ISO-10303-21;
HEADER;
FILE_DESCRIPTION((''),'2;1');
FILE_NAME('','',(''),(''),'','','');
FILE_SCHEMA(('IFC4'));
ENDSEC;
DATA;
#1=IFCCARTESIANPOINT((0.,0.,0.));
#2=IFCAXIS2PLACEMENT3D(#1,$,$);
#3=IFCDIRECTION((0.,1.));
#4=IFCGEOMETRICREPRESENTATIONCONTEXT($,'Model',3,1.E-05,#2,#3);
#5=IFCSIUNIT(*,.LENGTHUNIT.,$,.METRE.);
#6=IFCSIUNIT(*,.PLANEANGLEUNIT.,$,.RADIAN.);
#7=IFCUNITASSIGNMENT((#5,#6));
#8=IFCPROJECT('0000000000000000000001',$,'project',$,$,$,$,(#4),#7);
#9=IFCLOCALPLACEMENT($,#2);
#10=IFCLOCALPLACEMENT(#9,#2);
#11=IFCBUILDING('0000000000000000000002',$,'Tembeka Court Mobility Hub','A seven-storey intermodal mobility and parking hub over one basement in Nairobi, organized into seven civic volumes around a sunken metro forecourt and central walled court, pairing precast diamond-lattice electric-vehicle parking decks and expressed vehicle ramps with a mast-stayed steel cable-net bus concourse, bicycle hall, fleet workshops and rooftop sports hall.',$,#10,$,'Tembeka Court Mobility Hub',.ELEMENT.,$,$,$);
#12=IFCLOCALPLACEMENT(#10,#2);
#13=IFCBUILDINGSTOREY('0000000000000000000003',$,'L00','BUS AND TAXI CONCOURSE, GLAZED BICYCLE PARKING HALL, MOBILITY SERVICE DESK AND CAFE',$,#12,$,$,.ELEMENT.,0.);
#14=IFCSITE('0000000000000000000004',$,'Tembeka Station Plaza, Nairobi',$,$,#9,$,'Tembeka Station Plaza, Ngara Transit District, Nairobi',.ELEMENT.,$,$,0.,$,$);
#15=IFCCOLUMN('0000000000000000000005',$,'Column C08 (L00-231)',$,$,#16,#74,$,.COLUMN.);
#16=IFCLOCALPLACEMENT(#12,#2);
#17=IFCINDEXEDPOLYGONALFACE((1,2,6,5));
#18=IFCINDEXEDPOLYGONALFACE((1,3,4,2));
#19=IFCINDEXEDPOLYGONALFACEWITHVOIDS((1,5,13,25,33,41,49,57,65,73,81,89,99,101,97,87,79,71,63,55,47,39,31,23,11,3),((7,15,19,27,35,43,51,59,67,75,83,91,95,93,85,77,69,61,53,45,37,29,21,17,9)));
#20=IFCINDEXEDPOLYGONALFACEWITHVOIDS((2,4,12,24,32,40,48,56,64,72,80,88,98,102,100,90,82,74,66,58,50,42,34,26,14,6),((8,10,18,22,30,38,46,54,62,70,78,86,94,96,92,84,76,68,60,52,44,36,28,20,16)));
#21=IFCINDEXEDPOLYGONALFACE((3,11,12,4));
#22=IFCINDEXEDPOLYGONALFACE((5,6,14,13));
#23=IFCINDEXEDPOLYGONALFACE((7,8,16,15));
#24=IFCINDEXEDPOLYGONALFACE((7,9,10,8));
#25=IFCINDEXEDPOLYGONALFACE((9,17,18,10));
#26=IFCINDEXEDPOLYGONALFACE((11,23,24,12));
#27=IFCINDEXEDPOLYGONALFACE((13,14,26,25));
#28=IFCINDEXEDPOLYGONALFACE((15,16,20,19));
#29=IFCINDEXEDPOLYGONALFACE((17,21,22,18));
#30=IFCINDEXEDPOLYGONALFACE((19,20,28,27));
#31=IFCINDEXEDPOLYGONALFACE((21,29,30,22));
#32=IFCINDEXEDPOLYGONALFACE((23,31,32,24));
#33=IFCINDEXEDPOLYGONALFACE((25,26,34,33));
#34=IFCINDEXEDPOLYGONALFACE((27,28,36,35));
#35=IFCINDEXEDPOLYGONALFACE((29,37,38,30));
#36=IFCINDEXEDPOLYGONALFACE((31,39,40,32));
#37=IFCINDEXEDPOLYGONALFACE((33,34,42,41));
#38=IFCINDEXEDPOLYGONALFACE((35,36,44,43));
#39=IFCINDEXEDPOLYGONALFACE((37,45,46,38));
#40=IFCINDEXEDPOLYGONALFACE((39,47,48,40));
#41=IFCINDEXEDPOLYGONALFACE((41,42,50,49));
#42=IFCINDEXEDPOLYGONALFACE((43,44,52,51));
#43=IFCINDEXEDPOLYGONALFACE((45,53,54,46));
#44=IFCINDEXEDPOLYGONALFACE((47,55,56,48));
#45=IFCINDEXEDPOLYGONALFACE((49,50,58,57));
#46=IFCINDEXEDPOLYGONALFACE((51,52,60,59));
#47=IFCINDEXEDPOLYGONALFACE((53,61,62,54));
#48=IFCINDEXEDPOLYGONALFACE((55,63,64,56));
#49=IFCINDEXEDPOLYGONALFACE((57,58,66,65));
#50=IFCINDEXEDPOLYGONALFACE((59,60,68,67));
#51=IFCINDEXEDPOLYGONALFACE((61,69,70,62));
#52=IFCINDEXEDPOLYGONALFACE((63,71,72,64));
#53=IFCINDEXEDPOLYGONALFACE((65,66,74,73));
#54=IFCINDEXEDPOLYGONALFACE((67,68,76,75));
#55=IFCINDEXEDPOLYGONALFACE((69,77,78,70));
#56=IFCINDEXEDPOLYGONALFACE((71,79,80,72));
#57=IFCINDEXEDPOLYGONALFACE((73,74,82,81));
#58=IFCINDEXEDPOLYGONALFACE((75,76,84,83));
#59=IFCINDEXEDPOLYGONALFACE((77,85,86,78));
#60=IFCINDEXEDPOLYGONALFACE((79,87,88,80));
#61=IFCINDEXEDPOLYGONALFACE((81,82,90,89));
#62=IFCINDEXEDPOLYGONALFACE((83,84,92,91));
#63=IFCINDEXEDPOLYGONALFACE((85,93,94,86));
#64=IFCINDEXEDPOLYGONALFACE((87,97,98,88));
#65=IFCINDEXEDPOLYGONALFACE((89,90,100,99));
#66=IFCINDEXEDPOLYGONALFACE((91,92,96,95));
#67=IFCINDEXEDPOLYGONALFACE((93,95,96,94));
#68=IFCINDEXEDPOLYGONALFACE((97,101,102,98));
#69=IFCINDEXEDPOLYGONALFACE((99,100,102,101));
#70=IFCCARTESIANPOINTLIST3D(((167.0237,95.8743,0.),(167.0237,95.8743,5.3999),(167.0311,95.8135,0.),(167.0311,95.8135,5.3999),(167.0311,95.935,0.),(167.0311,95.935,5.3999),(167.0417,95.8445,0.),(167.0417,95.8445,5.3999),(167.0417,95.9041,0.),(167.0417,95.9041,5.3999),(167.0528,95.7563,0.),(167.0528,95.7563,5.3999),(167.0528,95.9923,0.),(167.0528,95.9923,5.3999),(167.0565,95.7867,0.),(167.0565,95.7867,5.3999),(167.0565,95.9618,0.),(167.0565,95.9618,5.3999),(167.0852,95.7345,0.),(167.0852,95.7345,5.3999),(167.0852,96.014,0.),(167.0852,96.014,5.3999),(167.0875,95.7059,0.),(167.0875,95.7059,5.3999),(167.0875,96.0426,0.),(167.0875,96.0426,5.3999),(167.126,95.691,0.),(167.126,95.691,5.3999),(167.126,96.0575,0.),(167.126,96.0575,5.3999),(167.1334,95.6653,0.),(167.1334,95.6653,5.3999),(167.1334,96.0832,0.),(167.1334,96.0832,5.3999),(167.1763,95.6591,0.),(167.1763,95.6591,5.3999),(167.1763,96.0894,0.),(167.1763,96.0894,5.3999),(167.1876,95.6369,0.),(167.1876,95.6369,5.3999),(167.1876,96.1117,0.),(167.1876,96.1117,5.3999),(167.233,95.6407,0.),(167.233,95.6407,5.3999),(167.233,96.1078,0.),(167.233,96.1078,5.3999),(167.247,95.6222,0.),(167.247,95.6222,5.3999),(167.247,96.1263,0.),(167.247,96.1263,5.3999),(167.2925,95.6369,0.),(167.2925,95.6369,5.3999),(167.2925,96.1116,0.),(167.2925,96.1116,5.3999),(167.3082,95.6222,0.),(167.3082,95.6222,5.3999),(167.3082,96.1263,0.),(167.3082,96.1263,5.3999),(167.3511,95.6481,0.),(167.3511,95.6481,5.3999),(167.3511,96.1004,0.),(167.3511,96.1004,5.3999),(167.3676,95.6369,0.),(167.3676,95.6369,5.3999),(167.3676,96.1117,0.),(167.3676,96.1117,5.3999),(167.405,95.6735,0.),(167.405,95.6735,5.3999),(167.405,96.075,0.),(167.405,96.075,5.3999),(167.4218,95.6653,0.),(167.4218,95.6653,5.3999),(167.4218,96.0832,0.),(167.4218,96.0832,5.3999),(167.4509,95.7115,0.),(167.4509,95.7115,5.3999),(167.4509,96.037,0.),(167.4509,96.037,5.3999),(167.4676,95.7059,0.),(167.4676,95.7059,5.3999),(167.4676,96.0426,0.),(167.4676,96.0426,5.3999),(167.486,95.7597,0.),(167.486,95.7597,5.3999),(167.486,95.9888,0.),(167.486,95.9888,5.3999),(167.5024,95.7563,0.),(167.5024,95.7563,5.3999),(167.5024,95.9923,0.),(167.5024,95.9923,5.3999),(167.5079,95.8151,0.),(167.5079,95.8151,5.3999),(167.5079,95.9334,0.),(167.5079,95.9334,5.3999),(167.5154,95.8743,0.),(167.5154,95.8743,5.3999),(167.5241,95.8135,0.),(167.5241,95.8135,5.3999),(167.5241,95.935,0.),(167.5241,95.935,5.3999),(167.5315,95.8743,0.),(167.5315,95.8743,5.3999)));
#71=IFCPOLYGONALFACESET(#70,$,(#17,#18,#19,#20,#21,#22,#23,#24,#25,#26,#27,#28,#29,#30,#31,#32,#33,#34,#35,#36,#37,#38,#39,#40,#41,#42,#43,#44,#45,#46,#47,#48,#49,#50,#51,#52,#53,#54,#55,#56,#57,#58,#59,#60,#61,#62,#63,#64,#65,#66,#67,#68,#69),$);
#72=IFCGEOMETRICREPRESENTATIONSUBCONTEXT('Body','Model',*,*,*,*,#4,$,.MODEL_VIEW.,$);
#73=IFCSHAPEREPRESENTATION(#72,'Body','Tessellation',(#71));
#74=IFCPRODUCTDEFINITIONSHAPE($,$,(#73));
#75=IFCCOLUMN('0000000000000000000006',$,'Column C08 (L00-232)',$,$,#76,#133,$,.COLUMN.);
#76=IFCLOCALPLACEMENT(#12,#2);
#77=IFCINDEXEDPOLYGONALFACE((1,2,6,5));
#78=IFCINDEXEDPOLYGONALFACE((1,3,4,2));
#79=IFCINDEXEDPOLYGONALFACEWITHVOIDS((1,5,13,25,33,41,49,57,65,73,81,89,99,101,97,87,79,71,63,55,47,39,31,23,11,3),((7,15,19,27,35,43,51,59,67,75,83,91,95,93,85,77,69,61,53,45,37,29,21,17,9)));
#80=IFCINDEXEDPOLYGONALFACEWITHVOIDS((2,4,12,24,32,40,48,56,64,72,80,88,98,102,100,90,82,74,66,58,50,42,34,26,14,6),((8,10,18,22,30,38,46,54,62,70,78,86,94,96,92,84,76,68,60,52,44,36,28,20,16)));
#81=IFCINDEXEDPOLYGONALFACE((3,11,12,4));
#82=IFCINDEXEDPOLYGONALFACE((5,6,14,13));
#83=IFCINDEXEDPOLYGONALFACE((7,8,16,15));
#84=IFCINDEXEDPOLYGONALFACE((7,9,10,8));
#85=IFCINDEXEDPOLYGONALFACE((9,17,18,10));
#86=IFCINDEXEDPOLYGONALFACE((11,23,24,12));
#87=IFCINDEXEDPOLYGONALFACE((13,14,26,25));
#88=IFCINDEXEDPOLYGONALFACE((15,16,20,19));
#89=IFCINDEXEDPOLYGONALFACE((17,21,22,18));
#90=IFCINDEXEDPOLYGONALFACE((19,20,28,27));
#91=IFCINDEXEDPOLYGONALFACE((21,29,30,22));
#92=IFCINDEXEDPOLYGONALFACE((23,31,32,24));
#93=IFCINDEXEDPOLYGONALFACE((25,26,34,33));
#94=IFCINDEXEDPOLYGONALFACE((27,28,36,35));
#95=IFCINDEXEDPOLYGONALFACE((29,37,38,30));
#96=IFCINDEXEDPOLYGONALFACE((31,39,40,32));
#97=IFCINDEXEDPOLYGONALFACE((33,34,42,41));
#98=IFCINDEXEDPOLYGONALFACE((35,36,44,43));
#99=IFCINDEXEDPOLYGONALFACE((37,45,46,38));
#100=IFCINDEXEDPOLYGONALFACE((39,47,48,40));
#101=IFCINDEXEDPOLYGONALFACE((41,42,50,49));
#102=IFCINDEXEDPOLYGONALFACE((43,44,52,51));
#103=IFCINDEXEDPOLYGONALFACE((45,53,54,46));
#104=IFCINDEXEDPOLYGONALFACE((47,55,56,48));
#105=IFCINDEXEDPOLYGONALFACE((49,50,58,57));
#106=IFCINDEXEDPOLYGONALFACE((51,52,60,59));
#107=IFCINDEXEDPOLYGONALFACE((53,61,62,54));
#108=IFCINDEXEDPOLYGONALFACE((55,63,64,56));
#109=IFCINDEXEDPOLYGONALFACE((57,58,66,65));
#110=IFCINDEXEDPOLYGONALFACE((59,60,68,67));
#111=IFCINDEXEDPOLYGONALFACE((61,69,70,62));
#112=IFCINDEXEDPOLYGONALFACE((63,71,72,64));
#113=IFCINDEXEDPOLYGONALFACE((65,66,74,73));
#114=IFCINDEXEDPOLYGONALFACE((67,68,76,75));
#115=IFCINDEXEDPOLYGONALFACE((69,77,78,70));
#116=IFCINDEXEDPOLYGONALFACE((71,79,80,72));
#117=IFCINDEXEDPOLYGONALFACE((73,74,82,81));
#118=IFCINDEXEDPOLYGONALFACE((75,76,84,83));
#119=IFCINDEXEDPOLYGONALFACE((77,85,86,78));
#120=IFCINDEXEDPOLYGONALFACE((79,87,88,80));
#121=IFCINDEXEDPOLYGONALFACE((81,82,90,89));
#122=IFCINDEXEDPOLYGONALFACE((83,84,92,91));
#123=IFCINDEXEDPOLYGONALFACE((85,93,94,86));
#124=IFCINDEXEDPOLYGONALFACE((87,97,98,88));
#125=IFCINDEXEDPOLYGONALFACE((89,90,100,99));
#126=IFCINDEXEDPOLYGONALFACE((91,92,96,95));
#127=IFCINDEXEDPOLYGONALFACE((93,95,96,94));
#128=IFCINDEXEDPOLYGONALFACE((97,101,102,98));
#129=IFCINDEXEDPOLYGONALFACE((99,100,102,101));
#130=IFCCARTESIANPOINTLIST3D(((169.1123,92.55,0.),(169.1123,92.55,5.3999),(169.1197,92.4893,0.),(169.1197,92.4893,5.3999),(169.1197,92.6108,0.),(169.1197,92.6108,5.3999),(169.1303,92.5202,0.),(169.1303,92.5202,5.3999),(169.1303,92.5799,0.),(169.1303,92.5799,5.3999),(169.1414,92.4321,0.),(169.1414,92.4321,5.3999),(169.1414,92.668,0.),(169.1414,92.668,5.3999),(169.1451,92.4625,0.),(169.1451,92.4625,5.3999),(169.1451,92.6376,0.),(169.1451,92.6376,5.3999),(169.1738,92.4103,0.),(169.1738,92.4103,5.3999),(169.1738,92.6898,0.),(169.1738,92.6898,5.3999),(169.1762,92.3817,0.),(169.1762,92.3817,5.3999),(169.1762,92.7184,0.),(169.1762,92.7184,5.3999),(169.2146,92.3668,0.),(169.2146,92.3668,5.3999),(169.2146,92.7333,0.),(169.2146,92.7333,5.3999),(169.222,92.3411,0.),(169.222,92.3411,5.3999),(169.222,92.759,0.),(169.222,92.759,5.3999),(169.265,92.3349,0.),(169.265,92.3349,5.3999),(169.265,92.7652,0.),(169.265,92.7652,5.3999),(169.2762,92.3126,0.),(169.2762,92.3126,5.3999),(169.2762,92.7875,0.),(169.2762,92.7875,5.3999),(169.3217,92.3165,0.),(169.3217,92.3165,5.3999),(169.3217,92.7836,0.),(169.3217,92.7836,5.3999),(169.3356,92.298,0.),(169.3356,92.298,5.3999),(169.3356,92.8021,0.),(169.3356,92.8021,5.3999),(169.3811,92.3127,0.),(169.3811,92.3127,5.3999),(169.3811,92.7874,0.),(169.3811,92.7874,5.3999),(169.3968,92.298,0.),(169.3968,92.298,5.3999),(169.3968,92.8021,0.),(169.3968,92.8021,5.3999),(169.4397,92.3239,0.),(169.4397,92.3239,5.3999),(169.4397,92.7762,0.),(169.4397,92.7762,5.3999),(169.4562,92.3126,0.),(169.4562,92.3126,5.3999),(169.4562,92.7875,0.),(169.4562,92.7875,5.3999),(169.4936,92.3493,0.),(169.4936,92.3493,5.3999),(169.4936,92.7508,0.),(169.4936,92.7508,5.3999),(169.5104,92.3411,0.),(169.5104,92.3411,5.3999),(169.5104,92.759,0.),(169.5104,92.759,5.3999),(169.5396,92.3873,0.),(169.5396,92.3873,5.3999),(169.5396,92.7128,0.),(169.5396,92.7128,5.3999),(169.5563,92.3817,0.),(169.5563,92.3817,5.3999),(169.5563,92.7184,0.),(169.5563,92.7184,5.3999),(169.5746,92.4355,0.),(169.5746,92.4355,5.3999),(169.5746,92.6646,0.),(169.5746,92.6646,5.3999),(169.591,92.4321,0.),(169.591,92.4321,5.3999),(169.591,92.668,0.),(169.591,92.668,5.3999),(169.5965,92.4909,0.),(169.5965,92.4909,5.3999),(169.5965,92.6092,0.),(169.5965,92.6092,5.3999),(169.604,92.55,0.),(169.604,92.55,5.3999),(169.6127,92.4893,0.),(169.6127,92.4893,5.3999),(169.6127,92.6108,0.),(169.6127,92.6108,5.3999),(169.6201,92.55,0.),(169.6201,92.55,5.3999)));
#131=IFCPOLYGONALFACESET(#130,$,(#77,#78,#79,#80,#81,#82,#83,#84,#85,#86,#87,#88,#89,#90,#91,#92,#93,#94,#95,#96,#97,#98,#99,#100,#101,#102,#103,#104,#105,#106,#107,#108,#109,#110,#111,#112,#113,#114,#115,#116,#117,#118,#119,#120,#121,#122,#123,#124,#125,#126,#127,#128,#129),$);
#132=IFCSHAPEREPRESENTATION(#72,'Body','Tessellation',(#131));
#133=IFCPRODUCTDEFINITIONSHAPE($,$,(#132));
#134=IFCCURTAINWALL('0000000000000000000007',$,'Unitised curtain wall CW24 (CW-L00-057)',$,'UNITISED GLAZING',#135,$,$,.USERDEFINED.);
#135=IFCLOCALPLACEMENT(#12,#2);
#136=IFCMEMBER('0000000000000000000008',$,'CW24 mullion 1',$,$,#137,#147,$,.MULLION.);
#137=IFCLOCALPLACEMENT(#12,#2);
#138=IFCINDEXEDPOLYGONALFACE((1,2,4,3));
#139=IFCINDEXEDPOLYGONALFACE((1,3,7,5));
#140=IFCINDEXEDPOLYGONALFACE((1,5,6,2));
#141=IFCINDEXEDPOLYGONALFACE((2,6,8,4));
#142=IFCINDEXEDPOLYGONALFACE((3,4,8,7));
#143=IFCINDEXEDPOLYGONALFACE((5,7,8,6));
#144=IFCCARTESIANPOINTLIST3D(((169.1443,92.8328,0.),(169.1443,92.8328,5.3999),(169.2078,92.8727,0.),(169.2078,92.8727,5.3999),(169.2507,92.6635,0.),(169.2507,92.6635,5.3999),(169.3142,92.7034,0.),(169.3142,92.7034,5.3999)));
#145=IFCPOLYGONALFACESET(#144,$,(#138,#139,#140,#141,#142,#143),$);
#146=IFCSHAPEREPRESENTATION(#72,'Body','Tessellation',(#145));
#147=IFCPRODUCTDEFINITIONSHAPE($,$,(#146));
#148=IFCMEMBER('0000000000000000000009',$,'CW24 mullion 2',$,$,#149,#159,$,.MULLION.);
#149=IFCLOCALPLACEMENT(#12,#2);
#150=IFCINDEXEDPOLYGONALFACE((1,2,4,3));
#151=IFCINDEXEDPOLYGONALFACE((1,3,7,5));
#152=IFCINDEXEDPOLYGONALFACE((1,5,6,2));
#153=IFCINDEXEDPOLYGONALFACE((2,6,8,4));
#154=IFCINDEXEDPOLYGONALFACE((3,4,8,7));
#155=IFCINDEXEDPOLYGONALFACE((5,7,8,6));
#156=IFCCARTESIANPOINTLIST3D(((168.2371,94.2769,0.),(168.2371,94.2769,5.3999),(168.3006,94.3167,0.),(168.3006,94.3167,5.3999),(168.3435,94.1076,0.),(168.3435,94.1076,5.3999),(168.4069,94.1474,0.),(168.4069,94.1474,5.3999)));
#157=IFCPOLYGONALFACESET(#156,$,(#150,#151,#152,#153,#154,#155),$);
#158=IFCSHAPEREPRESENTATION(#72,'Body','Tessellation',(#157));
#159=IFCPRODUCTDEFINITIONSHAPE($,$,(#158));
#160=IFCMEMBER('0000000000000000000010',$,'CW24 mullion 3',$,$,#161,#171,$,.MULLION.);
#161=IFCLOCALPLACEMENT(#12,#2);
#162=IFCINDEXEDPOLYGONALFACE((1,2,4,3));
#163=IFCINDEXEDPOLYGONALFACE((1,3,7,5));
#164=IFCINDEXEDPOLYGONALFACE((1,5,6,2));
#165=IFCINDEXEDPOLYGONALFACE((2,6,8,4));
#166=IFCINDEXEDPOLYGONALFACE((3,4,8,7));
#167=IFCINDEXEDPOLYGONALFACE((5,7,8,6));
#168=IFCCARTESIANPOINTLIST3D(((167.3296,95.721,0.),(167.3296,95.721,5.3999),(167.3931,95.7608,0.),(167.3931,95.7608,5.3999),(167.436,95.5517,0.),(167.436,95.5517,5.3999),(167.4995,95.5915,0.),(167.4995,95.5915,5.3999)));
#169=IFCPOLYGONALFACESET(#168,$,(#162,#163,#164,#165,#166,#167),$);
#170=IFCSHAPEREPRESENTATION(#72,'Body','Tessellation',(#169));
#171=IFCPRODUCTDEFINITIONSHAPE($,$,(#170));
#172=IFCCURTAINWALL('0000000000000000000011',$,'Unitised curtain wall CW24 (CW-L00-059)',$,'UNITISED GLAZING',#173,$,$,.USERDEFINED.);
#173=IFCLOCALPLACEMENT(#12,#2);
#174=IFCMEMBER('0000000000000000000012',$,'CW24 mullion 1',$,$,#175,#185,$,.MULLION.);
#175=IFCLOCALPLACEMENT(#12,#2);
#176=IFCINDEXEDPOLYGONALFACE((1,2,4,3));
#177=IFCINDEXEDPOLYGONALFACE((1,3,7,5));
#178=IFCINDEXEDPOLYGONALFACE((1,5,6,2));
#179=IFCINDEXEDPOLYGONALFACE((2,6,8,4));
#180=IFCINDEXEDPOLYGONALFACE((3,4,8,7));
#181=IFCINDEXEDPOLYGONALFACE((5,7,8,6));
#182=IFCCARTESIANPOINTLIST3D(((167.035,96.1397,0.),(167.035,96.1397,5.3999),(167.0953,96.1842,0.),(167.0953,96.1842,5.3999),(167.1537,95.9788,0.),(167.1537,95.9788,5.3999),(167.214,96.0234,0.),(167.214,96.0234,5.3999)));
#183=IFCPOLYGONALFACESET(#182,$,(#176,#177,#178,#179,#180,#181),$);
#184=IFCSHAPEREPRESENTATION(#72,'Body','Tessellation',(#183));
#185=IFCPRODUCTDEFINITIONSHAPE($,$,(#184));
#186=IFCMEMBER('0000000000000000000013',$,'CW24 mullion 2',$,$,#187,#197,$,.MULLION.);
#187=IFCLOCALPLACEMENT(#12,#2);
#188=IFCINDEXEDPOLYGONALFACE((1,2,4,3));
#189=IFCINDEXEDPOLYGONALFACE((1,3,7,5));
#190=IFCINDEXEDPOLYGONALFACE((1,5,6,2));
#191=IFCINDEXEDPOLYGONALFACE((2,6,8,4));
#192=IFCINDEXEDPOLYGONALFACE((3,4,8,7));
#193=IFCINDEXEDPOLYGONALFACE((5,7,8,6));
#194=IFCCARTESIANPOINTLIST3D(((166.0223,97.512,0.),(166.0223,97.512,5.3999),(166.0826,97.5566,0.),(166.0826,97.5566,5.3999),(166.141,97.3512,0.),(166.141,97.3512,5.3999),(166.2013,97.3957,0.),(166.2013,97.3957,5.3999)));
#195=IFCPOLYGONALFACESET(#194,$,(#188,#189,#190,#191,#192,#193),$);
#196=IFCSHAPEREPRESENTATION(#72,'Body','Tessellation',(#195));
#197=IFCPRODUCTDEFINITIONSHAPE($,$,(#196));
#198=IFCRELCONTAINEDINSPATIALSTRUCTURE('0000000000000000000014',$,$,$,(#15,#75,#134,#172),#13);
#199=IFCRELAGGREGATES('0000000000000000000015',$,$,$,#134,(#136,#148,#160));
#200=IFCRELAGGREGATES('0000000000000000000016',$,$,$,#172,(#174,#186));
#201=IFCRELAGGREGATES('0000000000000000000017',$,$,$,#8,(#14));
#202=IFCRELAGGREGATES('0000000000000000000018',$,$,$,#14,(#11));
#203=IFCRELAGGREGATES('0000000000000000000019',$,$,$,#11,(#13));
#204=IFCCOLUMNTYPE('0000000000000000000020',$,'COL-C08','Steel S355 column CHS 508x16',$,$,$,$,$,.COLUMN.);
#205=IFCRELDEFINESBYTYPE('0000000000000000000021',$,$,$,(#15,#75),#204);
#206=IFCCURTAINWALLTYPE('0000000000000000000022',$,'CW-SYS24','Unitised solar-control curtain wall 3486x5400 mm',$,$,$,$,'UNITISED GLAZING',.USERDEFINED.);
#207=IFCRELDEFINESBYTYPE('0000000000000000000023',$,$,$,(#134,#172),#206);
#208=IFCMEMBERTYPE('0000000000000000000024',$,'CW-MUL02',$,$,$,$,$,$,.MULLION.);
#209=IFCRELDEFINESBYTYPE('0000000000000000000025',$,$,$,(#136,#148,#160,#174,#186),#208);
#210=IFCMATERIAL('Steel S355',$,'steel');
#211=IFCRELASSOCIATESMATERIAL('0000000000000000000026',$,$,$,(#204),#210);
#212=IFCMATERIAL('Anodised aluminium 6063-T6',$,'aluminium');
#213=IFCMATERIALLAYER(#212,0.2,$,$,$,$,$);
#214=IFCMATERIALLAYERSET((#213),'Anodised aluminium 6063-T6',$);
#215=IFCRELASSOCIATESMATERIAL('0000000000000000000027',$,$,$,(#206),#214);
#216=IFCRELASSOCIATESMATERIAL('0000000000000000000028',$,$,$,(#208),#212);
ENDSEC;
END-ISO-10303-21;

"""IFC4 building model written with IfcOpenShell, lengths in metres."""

from ifc_helpers import new_model, si_unit, direction, frame, origin, origin_2d, place, context, subcontext, project, spatial, rectangle, hollow_circle, extrude, material, layer, layer_set, material_profile, profile_set, type_object, element, aggregate, save


model = new_model("IFC4")

# Units and contexts
model_context = context("Model", 3, precision=1e-05, world=origin(), true_north=direction((0.0, 1.0)))
body_context = subcontext(model_context, "Body", "Model", "MODEL_VIEW")
ifc_project = project(units=[si_unit("LENGTHUNIT", "METRE"), si_unit("PLANEANGLEUNIT", "RADIAN")], contexts=[model_context])

# Site, building, storey
site_placement = place(None, origin())
site = spatial("IfcSite", under=ifc_project, at=site_placement, Name="Tembeka Station Plaza, Nairobi", LongName="Tembeka Station Plaza, Ngara Transit District, Nairobi", CompositionType="ELEMENT", RefElevation=0.0)
building_placement = place(site_placement, origin())
building = spatial("IfcBuilding", under=site, at=building_placement, Name="Tembeka Court Mobility Hub", Description="A seven-storey intermodal mobility and parking hub over one basement in Nairobi, organized into seven civic volumes around a sunken metro forecourt and central walled court, pairing precast diamond-lattice electric-vehicle parking decks and expressed vehicle ramps with a mast-stayed steel cable-net bus concourse, bicycle hall, fleet workshops and rooftop sports hall.", LongName="Tembeka Court Mobility Hub", CompositionType="ELEMENT")
storey_placement = place(building_placement, origin())
storey = spatial("IfcBuildingStorey", under=building, at=storey_placement, Name="L00", Description="BUS AND TAXI CONCOURSE, GLAZED BICYCLE PARKING HALL, MOBILITY SERVICE DESK AND CAFE", CompositionType="ELEMENT", Elevation=0.0)

# Columns
ifc_material_1 = material(Name="Steel S355", Category="steel")
ifc_material_profile_1 = material_profile(ifc_material_1, hollow_circle(Radius=0.2539, WallThickness=0.0161, at=origin_2d()), Name="CHS 508x16")
ifc_profile_set_1 = profile_set([ifc_material_profile_1], Name="Steel S355")
column_type = type_object("IfcColumnType", Name="COL-C08", Description="Steel S355 column CHS 508x16", PredefinedType="COLUMN", material=ifc_profile_set_1)
for number, where, z_axis, x_axis, name in (
    (1, (167.2776, 95.8743, 0.0), (0.0, 0.0, 1.0), (1.0, 0.0, 0.0), "Column C08 (L00-231)"),
    (2, (169.3662, 92.55, 0.0), (0.0, 0.0, 1.0), (1.0, 0.0, 0.0), "Column C08 (L00-232)"),
):
    element("IfcColumn", number, at=place(storey_placement, frame(where, z_axis=z_axis, x_axis=x_axis)), inside=storey, type_object=column_type, Name=name, PredefinedType="COLUMN", context=body_context, shape_type="SweptSolid", body=[
        extrude(hollow_circle(Radius=0.2539, WallThickness=0.0161, at=origin_2d()), origin(), (0.0, 0.0, 1.0), 5.3999),
    ])

# Curtain walls, members
ifc_material_2 = material(Name="Anodised aluminium 6063-T6", Category="aluminium")
ifc_layer_1 = layer(ifc_material_2, 0.2)
ifc_layer_set_1 = layer_set([ifc_layer_1], Name="Anodised aluminium 6063-T6")
curtain_wall_type = type_object("IfcCurtainWallType", Name="CW-SYS24", Description="Unitised solar-control curtain wall 3486x5400 mm", ElementType="UNITISED GLAZING", PredefinedType="USERDEFINED", material=ifc_layer_set_1)
curtain_wall_1_placement = place(storey_placement, origin())
curtain_wall_1 = element("IfcCurtainWall", 3, at=curtain_wall_1_placement, inside=storey, type_object=curtain_wall_type, Name="Unitised curtain wall CW24 (CW-L00-057)", ObjectType="UNITISED GLAZING", PredefinedType="USERDEFINED")
ifc_material_profile_2 = material_profile(ifc_material_2, rectangle(XDim=0.075, YDim=0.2, at=origin_2d()), Name="ALU-MUL 75x200")
ifc_profile_set_2 = profile_set([ifc_material_profile_2], Name="Anodised aluminium 6063-T6")
member_type_1 = type_object("IfcMemberType", Name="CW-MUL02", PredefinedType="MULLION", material=ifc_profile_set_2)
member_1_placement = place(storey_placement, frame((169.2292, 92.7681, 0.0), z_axis=(0.0, 0.0, 1.0), x_axis=(-0.846708, -0.532058, 0.0)))
member_1 = element("IfcMember", 4, at=member_1_placement, type_object=member_type_1, Name="CW24 mullion 1", PredefinedType="MULLION", context=body_context, shape_type="SweptSolid", body=[
    extrude(rectangle(XDim=0.075, YDim=0.2, at=origin_2d()), origin(), (0.0, 0.0, 1.0), 5.3999),
])
member_2_placement = place(storey_placement, frame((168.322, 94.2122, 0.0), z_axis=(0.0, 0.0, 1.0), x_axis=(-0.846708, -0.532058, 0.0)))
member_2 = element("IfcMember", 5, at=member_2_placement, type_object=member_type_1, Name="CW24 mullion 2", PredefinedType="MULLION", context=body_context, shape_type="SweptSolid", body=[
    extrude(rectangle(XDim=0.075, YDim=0.2, at=origin_2d()), origin(), (0.0, 0.0, 1.0), 5.3999),
])
member_3_placement = place(storey_placement, frame((167.4146, 95.6562, 0.0), z_axis=(0.0, 0.0, 1.0), x_axis=(-0.846708, -0.532058, 0.0)))
member_3 = element("IfcMember", 6, at=member_3_placement, type_object=member_type_1, Name="CW24 mullion 3", PredefinedType="MULLION", context=body_context, shape_type="SweptSolid", body=[
    extrude(rectangle(XDim=0.075, YDim=0.2, at=origin_2d()), origin(), (0.0, 0.0, 1.0), 5.3999),
])
curtain_wall_2_placement = place(storey_placement, origin())
curtain_wall_2 = element("IfcCurtainWall", 7, at=curtain_wall_2_placement, inside=storey, type_object=curtain_wall_type, Name="Unitised curtain wall CW24 (CW-L00-059)", ObjectType="UNITISED GLAZING", PredefinedType="USERDEFINED")
member_4_placement = place(storey_placement, frame((167.1245, 96.0815, 0.0), z_axis=(0.0, 0.0, 1.0), x_axis=(-0.804599, -0.593818, 0.0)))
member_4 = element("IfcMember", 8, at=member_4_placement, type_object=member_type_1, Name="CW24 mullion 1", PredefinedType="MULLION", context=body_context, shape_type="SweptSolid", body=[
    extrude(rectangle(XDim=0.075, YDim=0.2, at=origin_2d()), origin(), (0.0, 0.0, 1.0), 5.3999),
])
member_5_placement = place(storey_placement, frame((166.1118, 97.4539, 0.0), z_axis=(0.0, 0.0, 1.0), x_axis=(-0.804599, -0.593818, 0.0)))
member_5 = element("IfcMember", 9, at=member_5_placement, type_object=member_type_1, Name="CW24 mullion 2", PredefinedType="MULLION", context=body_context, shape_type="SweptSolid", body=[
    extrude(rectangle(XDim=0.075, YDim=0.2, at=origin_2d()), origin(), (0.0, 0.0, 1.0), 5.3999),
])

aggregate(curtain_wall_1, [member_1, member_2, member_3])
aggregate(curtain_wall_2, [member_4, member_5])

save(model, "model.ifc")
